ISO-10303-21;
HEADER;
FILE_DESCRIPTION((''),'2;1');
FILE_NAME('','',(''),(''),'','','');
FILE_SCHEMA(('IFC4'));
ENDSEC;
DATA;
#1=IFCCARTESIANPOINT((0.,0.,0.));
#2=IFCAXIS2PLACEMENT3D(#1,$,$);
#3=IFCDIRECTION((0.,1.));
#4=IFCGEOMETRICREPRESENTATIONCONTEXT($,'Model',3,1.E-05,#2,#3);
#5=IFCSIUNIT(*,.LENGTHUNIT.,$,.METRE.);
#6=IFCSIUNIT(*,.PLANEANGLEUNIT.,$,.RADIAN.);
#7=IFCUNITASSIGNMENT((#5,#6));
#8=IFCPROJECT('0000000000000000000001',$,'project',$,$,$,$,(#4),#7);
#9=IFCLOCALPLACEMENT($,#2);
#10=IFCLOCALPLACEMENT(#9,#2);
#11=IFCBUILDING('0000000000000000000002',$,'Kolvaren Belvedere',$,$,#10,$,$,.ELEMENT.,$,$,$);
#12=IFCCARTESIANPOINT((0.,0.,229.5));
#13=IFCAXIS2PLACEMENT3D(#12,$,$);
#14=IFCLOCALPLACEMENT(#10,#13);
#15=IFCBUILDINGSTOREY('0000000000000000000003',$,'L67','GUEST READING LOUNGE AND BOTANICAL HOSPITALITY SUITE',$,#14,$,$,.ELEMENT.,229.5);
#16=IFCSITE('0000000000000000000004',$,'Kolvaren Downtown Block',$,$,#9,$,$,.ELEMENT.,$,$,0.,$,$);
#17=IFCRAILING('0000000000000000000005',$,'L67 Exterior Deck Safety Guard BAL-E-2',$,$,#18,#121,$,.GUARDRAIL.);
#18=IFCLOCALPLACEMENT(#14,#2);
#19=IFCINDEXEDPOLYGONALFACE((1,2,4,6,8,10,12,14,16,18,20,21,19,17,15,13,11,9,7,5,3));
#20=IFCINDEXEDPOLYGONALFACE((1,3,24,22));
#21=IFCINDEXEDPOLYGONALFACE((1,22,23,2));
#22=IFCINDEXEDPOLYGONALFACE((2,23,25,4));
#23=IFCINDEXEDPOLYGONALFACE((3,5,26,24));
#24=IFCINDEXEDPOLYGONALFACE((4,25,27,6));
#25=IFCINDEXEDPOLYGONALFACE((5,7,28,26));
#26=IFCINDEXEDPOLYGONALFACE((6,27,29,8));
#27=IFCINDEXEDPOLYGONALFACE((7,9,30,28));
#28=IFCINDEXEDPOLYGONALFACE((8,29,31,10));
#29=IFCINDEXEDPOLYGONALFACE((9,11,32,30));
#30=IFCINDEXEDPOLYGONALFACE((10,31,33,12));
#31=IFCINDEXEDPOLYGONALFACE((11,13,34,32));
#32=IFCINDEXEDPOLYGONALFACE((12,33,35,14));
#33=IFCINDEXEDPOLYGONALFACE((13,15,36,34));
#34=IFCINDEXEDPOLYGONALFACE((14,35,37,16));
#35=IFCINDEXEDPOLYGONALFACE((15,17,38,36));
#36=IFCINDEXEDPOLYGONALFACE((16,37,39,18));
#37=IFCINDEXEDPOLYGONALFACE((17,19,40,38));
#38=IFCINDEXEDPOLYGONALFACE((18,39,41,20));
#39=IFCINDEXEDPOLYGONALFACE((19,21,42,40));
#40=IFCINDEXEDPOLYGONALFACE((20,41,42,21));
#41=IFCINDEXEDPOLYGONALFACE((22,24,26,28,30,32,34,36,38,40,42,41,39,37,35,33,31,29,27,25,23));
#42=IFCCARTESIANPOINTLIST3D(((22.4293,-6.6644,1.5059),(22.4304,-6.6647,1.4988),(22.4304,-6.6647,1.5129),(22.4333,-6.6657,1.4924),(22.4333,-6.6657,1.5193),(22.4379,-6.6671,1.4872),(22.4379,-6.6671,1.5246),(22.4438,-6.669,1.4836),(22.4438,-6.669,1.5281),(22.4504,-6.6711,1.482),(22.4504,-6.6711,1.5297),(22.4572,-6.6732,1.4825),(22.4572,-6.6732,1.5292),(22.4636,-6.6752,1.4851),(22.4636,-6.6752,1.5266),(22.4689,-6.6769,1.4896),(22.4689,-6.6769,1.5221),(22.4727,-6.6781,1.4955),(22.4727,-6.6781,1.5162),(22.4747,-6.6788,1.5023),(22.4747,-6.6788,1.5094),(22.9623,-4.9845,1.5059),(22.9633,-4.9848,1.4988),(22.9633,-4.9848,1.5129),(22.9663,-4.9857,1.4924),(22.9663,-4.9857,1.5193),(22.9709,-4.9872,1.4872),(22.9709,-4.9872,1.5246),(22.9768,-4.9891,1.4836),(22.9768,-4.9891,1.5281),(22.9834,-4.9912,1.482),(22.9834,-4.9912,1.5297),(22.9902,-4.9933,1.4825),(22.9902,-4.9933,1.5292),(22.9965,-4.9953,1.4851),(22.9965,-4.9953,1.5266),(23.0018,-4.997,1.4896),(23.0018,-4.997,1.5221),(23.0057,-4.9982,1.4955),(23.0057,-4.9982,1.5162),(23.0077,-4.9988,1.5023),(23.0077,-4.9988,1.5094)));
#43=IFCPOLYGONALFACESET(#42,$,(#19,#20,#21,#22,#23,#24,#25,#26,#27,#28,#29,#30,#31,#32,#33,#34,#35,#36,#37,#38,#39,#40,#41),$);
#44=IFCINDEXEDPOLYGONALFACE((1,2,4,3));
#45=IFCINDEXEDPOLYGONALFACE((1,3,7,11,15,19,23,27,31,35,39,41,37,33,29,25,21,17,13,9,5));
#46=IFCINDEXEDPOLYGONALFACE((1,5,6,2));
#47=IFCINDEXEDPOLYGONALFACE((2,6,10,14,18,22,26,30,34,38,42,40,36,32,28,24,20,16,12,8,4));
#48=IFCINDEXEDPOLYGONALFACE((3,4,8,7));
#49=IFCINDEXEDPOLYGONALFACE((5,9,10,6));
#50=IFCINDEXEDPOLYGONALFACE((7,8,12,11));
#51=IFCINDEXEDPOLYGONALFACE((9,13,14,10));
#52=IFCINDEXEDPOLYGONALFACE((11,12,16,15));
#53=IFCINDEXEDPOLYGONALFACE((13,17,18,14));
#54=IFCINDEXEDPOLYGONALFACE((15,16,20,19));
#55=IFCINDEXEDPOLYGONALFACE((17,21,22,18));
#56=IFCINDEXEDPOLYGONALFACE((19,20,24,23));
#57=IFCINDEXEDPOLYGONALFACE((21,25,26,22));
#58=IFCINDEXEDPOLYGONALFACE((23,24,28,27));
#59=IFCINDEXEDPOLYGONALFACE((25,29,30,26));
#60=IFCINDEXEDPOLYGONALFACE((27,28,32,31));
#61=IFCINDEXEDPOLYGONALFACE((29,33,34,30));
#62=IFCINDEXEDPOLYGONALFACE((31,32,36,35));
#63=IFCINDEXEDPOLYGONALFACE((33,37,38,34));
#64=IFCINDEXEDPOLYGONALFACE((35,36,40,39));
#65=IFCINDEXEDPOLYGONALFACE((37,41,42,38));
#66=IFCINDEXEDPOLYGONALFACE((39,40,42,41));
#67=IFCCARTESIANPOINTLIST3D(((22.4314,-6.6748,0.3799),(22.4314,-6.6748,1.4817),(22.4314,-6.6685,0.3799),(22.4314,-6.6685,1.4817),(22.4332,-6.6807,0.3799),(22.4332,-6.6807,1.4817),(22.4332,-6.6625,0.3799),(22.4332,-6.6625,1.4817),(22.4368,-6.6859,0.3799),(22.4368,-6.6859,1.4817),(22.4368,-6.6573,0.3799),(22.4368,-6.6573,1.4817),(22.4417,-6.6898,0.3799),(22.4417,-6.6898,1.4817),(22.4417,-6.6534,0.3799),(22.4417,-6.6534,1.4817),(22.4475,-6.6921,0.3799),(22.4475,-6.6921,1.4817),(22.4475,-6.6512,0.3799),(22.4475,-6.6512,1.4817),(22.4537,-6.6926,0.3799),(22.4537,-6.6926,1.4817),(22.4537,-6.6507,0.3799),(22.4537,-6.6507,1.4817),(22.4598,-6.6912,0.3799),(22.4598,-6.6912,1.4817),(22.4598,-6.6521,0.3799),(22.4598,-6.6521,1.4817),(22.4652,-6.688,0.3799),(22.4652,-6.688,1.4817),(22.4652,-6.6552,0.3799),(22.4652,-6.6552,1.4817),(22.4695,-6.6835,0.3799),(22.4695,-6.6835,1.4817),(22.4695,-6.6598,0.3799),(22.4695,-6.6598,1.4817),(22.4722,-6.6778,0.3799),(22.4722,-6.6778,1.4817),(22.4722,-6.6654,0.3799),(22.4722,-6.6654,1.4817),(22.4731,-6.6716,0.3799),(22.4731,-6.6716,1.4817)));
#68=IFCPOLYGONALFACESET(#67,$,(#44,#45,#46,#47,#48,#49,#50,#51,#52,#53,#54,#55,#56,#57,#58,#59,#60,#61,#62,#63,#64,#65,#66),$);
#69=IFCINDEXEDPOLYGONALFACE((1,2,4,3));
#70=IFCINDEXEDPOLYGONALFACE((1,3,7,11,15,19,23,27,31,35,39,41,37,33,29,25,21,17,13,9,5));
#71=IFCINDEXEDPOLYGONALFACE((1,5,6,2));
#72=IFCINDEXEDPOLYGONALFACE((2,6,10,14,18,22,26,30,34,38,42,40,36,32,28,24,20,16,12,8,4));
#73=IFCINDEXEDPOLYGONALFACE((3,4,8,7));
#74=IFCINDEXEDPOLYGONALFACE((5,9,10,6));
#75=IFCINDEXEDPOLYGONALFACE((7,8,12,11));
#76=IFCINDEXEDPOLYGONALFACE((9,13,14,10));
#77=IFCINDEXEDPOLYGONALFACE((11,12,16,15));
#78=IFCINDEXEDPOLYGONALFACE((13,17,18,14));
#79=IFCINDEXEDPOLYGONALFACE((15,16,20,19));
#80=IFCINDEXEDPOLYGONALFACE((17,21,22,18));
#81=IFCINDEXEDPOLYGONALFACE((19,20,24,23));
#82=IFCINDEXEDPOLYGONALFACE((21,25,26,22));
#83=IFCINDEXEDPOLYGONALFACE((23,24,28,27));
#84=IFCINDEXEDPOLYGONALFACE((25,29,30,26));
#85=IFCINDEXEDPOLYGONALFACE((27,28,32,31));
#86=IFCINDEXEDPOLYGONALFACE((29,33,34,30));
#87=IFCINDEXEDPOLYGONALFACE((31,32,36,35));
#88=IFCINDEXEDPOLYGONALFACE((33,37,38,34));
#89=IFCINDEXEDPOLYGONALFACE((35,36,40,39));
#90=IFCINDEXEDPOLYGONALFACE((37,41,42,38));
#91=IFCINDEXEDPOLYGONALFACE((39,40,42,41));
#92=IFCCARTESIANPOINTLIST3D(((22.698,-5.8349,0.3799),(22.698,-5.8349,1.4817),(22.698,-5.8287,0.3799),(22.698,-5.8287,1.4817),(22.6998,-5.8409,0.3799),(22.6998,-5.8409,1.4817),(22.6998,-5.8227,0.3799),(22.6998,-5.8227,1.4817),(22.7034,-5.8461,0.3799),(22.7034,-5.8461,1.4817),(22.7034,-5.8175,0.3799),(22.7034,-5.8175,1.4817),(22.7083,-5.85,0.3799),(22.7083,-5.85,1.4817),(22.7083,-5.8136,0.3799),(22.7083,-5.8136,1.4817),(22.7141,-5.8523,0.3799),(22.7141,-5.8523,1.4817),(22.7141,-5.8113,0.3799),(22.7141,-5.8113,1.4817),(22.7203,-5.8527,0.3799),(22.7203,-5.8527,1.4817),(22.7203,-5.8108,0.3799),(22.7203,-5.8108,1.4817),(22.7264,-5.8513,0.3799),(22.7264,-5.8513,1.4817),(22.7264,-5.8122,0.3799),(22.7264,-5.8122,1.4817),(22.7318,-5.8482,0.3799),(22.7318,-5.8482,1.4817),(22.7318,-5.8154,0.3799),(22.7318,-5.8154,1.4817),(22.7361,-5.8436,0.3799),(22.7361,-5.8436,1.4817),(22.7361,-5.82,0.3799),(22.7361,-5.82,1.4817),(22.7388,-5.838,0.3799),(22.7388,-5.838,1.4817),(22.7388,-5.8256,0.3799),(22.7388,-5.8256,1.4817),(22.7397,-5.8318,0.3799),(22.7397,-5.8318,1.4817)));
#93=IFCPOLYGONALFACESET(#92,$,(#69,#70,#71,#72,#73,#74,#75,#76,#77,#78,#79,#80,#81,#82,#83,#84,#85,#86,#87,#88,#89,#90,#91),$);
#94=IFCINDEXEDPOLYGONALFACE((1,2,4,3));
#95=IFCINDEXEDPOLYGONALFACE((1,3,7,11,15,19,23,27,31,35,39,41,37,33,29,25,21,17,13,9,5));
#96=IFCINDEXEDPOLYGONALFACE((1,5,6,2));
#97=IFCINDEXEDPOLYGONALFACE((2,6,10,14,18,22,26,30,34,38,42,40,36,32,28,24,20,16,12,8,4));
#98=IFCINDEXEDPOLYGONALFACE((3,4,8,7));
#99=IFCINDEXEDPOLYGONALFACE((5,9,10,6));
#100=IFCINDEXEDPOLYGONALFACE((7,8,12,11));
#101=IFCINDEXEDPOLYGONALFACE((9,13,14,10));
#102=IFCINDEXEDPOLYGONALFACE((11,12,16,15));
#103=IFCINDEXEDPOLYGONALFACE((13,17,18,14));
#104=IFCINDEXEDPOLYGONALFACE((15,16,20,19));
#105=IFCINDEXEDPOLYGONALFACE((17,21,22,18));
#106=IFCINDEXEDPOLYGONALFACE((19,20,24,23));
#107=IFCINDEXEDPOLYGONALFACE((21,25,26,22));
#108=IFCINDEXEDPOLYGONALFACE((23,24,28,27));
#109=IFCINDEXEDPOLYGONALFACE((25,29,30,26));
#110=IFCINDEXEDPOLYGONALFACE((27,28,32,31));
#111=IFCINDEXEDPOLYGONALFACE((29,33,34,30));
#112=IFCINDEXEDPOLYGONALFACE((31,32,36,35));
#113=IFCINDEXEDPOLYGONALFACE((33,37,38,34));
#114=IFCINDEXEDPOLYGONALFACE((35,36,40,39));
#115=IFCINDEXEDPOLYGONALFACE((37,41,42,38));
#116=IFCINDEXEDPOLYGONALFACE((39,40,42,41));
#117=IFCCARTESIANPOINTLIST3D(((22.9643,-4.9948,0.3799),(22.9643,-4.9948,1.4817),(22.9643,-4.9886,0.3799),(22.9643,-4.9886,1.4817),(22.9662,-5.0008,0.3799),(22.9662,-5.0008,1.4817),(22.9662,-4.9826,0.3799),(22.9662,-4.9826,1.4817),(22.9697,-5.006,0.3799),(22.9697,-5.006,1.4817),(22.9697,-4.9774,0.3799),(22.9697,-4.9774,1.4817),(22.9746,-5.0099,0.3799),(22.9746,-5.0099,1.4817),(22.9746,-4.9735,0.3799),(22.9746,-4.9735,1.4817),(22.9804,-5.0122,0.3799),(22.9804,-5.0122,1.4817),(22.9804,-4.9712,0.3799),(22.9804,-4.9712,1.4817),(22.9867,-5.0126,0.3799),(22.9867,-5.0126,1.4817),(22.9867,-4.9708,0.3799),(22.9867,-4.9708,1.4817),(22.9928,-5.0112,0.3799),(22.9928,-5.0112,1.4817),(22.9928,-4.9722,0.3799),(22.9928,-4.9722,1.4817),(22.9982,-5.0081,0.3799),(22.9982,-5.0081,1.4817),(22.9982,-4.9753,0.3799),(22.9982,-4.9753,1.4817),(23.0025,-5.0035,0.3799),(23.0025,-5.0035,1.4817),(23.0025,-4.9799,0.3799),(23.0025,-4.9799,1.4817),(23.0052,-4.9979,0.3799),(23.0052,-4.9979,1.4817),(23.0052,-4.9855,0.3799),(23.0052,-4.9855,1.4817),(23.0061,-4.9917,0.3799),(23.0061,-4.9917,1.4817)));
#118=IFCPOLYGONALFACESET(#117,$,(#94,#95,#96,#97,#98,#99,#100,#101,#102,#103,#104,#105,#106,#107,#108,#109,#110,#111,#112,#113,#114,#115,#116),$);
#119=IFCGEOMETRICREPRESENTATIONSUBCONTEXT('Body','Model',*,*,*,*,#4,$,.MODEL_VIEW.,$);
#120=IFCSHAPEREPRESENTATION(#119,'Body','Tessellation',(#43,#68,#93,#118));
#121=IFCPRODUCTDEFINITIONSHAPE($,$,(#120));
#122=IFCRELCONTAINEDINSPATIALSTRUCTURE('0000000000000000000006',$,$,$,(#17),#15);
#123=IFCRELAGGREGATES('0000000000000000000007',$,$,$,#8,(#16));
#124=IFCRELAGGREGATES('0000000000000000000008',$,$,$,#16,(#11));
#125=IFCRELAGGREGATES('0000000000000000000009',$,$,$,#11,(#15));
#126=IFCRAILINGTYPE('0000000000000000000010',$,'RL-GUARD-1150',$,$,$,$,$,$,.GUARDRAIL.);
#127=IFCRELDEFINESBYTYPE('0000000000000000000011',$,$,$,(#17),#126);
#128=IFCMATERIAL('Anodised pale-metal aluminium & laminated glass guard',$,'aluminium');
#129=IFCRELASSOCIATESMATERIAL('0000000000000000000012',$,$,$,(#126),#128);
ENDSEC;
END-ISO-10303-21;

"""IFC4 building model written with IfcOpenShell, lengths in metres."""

from ifc_helpers import new_model, si_unit, direction, frame, origin, origin_2d, place, context, subcontext, project, spatial, circle, extrude, material, type_object, element, save


model = new_model("IFC4")

# Units and contexts
model_context = context("Model", 3, precision=1e-05, world=origin(), true_north=direction((0.0, 1.0)))
body_context = subcontext(model_context, "Body", "Model", "MODEL_VIEW")
ifc_project = project(units=[si_unit("LENGTHUNIT", "METRE"), si_unit("PLANEANGLEUNIT", "RADIAN")], contexts=[model_context])

# Site, building, storey
site_placement = place(None, origin())
site = spatial("IfcSite", under=ifc_project, at=site_placement, Name="Kolvaren Downtown Block", CompositionType="ELEMENT", RefElevation=0.0)
building_placement = place(site_placement, origin())
building = spatial("IfcBuilding", under=site, at=building_placement, Name="Kolvaren Belvedere", CompositionType="ELEMENT")
storey_placement = place(building_placement, frame((0.0, 0.0, 229.5)))
storey = spatial("IfcBuildingStorey", under=building, at=storey_placement, Name="L67", Description="GUEST READING LOUNGE AND BOTANICAL HOSPITALITY SUITE", CompositionType="ELEMENT", Elevation=229.5)

# Railing
ifc_material_1 = material(Name="Anodised pale-metal aluminium & laminated glass guard", Category="aluminium")
railing_type = type_object("IfcRailingType", Name="RL-GUARD-1150", PredefinedType="GUARDRAIL", material=ifc_material_1)
railing_1_placement = place(storey_placement, frame((22.4521, -6.6716, 0.3799)))
element("IfcRailing", 1, at=railing_1_placement, inside=storey, type_object=railing_type, Name="L67 Exterior Deck Safety Guard BAL-E-2", PredefinedType="GUARDRAIL", context=body_context, shape_type="SweptSolid", body=[
    extrude(circle(Radius=0.0239, at=origin_2d()), frame((0.0, 0.0, 1.126), z_axis=(0.302397, 0.953182, 0.0), x_axis=(-0.953182, 0.302397, 0.0)), (0.0, 0.0, 1.0), 1.7625),
    extrude(circle(Radius=0.021, at=origin_2d()), origin(), (0.0, 0.0, 1.0), 1.1018),
    extrude(circle(Radius=0.021, at=origin_2d()), frame((0.2666, 0.8398, 0.0)), (0.0, 0.0, 1.0), 1.1018),
    extrude(circle(Radius=0.021, at=origin_2d()), frame((0.533, 1.6799, 0.0)), (0.0, 0.0, 1.0), 1.1018),
])

save(model, "model.ifc")
